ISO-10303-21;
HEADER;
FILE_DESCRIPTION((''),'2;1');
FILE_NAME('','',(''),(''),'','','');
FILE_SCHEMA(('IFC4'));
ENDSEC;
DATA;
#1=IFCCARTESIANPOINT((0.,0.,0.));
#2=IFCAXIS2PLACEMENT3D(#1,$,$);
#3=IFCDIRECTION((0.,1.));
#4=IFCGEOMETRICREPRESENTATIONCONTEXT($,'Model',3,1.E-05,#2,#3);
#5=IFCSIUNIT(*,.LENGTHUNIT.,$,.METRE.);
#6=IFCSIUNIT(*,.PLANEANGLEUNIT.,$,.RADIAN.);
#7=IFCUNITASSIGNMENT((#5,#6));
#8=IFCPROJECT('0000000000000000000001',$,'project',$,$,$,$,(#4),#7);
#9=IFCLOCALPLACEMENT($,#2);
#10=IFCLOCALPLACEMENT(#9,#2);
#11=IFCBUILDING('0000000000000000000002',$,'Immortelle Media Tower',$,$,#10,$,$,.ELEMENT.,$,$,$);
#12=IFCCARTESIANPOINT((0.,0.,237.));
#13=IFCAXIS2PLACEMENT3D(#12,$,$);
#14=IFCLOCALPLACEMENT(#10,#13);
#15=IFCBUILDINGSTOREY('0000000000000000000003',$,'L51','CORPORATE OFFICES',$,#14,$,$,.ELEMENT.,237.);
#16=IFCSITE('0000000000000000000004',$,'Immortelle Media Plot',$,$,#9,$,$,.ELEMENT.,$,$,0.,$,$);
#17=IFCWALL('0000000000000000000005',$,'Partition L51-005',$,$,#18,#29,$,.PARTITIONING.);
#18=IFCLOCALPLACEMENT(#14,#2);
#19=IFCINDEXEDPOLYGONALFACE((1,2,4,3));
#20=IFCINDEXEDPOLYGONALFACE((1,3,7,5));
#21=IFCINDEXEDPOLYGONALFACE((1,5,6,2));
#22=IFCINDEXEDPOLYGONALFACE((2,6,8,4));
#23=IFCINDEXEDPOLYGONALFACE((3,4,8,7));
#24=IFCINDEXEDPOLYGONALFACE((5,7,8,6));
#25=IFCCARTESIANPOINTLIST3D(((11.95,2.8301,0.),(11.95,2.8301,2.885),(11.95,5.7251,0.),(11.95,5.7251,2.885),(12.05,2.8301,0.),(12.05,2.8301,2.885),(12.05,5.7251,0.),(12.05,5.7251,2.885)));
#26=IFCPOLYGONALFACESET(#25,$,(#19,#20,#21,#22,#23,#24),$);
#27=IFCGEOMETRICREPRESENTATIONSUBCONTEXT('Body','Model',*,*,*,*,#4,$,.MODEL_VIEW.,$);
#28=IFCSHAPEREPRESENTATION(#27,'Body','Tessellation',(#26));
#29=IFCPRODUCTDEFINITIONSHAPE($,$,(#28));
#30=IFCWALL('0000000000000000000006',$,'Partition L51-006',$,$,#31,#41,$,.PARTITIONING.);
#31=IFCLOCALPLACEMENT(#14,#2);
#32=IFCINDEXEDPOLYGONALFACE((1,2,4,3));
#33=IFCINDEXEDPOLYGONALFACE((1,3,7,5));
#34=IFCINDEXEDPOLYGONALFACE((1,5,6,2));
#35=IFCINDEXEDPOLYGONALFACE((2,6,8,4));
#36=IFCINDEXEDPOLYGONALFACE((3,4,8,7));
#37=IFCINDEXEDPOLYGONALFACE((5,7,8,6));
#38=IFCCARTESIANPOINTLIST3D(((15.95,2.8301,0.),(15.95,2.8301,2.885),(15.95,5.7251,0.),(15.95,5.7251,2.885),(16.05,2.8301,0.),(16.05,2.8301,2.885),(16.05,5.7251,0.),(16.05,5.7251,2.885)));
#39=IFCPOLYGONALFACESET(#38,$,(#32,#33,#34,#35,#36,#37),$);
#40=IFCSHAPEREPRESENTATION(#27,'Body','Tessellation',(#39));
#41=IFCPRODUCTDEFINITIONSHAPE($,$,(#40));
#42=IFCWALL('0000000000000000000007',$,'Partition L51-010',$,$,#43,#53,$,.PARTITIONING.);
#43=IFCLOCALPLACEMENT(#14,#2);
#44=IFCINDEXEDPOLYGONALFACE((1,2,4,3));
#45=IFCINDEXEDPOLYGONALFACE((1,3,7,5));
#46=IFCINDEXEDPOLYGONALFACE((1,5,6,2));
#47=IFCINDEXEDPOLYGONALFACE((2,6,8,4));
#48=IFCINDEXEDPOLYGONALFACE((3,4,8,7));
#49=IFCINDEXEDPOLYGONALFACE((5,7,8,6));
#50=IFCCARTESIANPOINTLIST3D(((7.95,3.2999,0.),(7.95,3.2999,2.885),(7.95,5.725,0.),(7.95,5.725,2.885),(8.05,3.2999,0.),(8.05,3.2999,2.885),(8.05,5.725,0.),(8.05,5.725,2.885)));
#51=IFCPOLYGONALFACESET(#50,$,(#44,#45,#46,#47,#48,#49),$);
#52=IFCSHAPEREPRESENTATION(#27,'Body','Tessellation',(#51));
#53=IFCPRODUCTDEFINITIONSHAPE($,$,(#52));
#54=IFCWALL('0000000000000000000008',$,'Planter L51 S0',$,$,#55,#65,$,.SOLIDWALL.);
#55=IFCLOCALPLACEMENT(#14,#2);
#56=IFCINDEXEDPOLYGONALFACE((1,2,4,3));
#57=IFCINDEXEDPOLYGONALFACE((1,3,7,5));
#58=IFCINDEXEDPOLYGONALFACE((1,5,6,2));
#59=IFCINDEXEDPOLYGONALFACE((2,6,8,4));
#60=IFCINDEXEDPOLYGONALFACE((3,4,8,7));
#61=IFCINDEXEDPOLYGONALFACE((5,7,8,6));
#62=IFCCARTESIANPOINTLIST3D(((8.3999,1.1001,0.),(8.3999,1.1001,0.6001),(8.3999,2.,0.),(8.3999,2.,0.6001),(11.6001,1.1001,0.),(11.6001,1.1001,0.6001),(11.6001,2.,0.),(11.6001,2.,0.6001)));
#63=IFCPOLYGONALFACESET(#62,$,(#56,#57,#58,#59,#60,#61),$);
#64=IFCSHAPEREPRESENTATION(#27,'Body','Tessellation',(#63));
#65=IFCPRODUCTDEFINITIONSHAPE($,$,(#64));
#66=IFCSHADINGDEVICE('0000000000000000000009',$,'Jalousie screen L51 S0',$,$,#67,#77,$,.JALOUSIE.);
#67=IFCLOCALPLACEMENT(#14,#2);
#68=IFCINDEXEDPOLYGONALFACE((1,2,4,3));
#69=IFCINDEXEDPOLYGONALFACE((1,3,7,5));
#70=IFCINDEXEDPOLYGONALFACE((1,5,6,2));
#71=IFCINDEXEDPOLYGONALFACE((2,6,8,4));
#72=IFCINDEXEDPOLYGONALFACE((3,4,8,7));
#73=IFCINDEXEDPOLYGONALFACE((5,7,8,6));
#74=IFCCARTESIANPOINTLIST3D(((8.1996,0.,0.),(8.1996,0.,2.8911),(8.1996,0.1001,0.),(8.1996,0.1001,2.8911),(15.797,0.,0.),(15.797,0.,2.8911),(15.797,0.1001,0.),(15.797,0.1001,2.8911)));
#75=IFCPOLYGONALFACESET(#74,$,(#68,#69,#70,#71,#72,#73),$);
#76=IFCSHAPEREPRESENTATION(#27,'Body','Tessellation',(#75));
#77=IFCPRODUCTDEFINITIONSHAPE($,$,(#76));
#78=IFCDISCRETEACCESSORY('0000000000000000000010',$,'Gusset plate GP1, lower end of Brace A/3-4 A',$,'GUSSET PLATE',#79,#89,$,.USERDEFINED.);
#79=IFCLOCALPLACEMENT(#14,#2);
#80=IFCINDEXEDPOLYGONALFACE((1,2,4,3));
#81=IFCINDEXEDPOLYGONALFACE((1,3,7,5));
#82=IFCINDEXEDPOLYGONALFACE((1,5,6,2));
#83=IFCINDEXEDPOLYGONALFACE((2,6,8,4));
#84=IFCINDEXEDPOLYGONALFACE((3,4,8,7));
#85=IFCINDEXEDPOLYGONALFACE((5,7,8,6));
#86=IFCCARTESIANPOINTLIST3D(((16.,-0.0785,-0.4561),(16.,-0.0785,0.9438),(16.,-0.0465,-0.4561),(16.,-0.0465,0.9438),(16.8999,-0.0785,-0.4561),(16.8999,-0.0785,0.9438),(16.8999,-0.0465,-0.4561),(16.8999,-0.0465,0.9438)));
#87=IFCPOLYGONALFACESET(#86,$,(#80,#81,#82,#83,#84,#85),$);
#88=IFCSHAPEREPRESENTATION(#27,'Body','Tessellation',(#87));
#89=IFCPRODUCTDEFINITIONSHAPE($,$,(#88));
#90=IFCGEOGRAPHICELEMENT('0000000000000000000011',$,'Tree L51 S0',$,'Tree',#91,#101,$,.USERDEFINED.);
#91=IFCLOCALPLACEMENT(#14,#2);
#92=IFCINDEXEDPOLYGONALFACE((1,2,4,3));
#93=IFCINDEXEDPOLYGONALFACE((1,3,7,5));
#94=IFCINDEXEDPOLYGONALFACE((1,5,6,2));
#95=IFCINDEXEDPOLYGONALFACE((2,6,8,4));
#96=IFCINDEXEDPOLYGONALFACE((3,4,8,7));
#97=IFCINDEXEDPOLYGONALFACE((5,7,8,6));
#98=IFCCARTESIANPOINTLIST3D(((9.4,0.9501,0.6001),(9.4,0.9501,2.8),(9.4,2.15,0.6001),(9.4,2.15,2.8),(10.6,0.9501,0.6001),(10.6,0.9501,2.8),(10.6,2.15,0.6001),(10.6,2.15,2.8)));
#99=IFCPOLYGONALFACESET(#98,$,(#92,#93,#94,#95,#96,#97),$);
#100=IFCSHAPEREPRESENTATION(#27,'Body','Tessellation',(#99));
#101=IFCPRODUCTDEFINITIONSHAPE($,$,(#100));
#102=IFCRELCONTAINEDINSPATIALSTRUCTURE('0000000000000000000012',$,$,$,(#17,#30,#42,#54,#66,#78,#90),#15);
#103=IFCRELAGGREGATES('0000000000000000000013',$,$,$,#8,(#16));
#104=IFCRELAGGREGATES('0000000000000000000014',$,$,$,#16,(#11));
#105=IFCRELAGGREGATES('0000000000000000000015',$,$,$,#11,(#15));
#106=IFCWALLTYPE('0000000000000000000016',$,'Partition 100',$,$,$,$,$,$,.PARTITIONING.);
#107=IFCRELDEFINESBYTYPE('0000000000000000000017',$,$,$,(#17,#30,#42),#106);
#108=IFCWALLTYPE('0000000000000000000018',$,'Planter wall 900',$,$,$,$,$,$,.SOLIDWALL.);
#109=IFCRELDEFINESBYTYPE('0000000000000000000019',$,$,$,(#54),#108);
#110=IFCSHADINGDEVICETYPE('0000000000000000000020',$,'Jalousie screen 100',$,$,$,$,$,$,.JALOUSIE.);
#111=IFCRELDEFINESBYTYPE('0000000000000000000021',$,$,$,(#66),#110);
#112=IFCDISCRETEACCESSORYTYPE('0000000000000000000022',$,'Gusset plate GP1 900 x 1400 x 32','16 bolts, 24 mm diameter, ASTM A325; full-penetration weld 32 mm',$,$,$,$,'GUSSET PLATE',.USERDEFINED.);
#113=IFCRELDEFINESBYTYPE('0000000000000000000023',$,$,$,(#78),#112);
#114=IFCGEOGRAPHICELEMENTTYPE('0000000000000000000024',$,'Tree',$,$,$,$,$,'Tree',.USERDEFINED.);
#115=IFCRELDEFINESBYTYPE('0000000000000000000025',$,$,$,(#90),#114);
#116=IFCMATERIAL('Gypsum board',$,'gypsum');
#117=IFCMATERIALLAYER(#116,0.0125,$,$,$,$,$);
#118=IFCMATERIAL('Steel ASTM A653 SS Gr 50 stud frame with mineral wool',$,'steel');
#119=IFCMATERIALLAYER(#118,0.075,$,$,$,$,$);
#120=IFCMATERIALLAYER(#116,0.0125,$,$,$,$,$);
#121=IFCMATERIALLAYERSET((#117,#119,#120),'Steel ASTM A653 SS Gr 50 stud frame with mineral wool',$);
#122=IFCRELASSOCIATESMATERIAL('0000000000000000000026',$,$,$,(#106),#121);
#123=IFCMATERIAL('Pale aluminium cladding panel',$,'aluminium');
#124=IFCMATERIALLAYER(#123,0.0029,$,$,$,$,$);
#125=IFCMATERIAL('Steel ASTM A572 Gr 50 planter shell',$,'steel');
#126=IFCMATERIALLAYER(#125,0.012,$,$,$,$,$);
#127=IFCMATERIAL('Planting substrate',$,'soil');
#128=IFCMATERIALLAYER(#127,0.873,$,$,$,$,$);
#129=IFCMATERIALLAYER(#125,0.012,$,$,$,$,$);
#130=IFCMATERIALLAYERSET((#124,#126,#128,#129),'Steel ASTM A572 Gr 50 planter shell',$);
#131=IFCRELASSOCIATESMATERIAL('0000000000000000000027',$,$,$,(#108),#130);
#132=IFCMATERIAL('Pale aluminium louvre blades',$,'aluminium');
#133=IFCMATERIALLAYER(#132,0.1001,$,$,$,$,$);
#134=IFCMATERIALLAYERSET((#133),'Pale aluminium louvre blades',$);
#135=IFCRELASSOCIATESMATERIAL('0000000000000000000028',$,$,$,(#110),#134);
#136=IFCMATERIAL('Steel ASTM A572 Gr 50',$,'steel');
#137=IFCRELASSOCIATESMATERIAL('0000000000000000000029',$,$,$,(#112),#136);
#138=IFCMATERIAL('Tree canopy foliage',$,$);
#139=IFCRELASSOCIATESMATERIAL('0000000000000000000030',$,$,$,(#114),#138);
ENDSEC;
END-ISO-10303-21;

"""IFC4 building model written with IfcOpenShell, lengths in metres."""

from ifc_helpers import new_model, si_unit, direction, frame, frame_2d, origin, origin_2d, place, context, subcontext, project, spatial, rectangle, extrude, material, layer, layer_set, material_profile, profile_set, type_object, element, save


model = new_model("IFC4")

# Units and contexts
model_context = context("Model", 3, precision=1e-05, world=origin(), true_north=direction((0.0, 1.0)))
body_context = subcontext(model_context, "Body", "Model", "MODEL_VIEW")
ifc_project = project(units=[si_unit("LENGTHUNIT", "METRE"), si_unit("PLANEANGLEUNIT", "RADIAN")], contexts=[model_context])

# Site, building, storey
site_placement = place(None, origin())
site = spatial("IfcSite", under=ifc_project, at=site_placement, Name="Immortelle Media Plot", CompositionType="ELEMENT", RefElevation=0.0)
building_placement = place(site_placement, origin())
building = spatial("IfcBuilding", under=site, at=building_placement, Name="Immortelle Media Tower", CompositionType="ELEMENT")
storey_placement = place(building_placement, frame((0.0, 0.0, 237.0)))
storey = spatial("IfcBuildingStorey", under=building, at=storey_placement, Name="L51", Description="CORPORATE OFFICES", CompositionType="ELEMENT", Elevation=237.0)

# Shared definitions
ifc_material_1 = material(Name="Pale aluminium cladding panel", Category="aluminium")
ifc_material_2 = material(Name="Steel ASTM A653 SS Gr 50 stud frame with mineral wool", Category="steel")

# Walls
ifc_material_3 = material(Name="Gypsum board", Category="gypsum")
ifc_layer_1 = layer(ifc_material_3, 0.0125)
ifc_layer_2 = layer(ifc_material_2, 0.075)
ifc_layer_3 = layer(ifc_material_3, 0.0125)
ifc_layer_set_1 = layer_set([ifc_layer_1, ifc_layer_2, ifc_layer_3], Name="Steel ASTM A653 SS Gr 50 stud frame with mineral wool")
wall_type_1 = type_object("IfcWallType", Name="Partition 100", PredefinedType="PARTITIONING", material=ifc_layer_set_1)
for number, where, z_axis, x_axis, name in (
    (1, (12.0, 2.8301, 0.0), (0.0, 0.0, 1.0), (0.0, 1.0, 0.0), "Partition L51-005"),
    (2, (16.0, 2.8301, 0.0), (0.0, 0.0, 1.0), (0.0, 1.0, 0.0), "Partition L51-006"),
):
    element("IfcWall", number, at=place(storey_placement, frame(where, z_axis=z_axis, x_axis=x_axis)), inside=storey, type_object=wall_type_1, Name=name, PredefinedType="PARTITIONING", context=body_context, shape_type="SweptSolid", body=[
        extrude(rectangle(XDim=2.895, YDim=0.1001, at=frame_2d((1.4475, 0.0))), origin(), (0.0, 0.0, 1.0), 2.885),
    ])
wall_1_placement = place(storey_placement, frame((8.0, 3.3, 0.0), z_axis=(0.0, 0.0, 1.0), x_axis=(0.0, 1.0, 0.0)))
element("IfcWall", 3, at=wall_1_placement, inside=storey, type_object=wall_type_1, Name="Partition L51-010", PredefinedType="PARTITIONING", context=body_context, shape_type="SweptSolid", body=[
    extrude(rectangle(XDim=2.425, YDim=0.1001, at=frame_2d((1.2124, 0.0))), origin(), (0.0, 0.0, 1.0), 2.885),
])
ifc_layer_4 = layer(ifc_material_1, 0.0029)
ifc_material_4 = material(Name="Steel ASTM A572 Gr 50 planter shell", Category="steel")
ifc_layer_5 = layer(ifc_material_4, 0.012)
ifc_material_5 = material(Name="Planting substrate", Category="soil")
ifc_layer_6 = layer(ifc_material_5, 0.873)
ifc_layer_7 = layer(ifc_material_4, 0.012)
ifc_layer_set_2 = layer_set([ifc_layer_4, ifc_layer_5, ifc_layer_6, ifc_layer_7], Name="Steel ASTM A572 Gr 50 planter shell")
wall_type_2 = type_object("IfcWallType", Name="Planter wall 900", PredefinedType="SOLIDWALL", material=ifc_layer_set_2)
wall_2_placement = place(storey_placement, frame((8.3999, 1.55, 0.0), z_axis=(0.0, 0.0, 1.0), x_axis=(1.0, 0.0, 0.0)))
element("IfcWall", 4, at=wall_2_placement, inside=storey, type_object=wall_type_2, Name="Planter L51 S0", PredefinedType="SOLIDWALL", context=body_context, shape_type="SweptSolid", body=[
    extrude(rectangle(XDim=3.2002, YDim=0.8999, at=frame_2d((1.6001, 0.0))), origin(), (0.0, 0.0, 1.0), 0.6001),
])

# Shading device
ifc_material_6 = material(Name="Pale aluminium louvre blades", Category="aluminium")
ifc_layer_8 = layer(ifc_material_6, 0.1001)
ifc_layer_set_3 = layer_set([ifc_layer_8], Name="Pale aluminium louvre blades")
shading_device_type = type_object("IfcShadingDeviceType", Name="Jalousie screen 100", PredefinedType="JALOUSIE", material=ifc_layer_set_3)
shading_device_placement = place(storey_placement, frame((11.9983, 0.05, 0.0), z_axis=(0.0, 0.0, 1.0), x_axis=(1.0, 0.0, 0.0)))
element("IfcShadingDevice", 5, at=shading_device_placement, inside=storey, type_object=shading_device_type, Name="Jalousie screen L51 S0", PredefinedType="JALOUSIE", context=body_context, shape_type="SweptSolid", body=[
    extrude(rectangle(XDim=7.5974, YDim=0.1001, at=origin_2d()), origin(), (0.0, 0.0, 1.0), 2.8911),
])

# Discrete accessory
ifc_material_7 = material(Name="Steel ASTM A572 Gr 50", Category="steel")
ifc_material_profile_1 = material_profile(ifc_material_7, rectangle(XDim=0.032, YDim=1.3999, at=origin_2d()), Name="PL 32 x 1400")
ifc_profile_set_1 = profile_set([ifc_material_profile_1], Name="Steel ASTM A572 Gr 50")
discrete_accessory_type = type_object("IfcDiscreteAccessoryType", Name="Gusset plate GP1 900 x 1400 x 32", Description="16 bolts, 24 mm diameter, ASTM A325; full-penetration weld 32 mm", ElementType="GUSSET PLATE", PredefinedType="USERDEFINED", material=ifc_profile_set_1)
discrete_accessory_placement = place(storey_placement, frame((16.0, -0.0625, 0.2439), z_axis=(1.0, 0.0, 0.0), x_axis=(0.0, 1.0, 0.0)))
element("IfcDiscreteAccessory", 6, at=discrete_accessory_placement, inside=storey, type_object=discrete_accessory_type, Name="Gusset plate GP1, lower end of Brace A/3-4 A", ObjectType="GUSSET PLATE", PredefinedType="USERDEFINED", context=body_context, shape_type="SweptSolid", body=[
    extrude(rectangle(XDim=0.032, YDim=1.3999, at=origin_2d()), origin(), (0.0, 0.0, 1.0), 0.8999),
])

# Geographic element
ifc_material_8 = material(Name="Tree canopy foliage")
geographic_element_type = type_object("IfcGeographicElementType", Name="Tree", ElementType="Tree", PredefinedType="USERDEFINED", material=ifc_material_8)
geographic_element_placement = place(storey_placement, frame((10.0, 1.55, 0.6001), z_axis=(0.0, 0.0, 1.0), x_axis=(1.0, 0.0, 0.0)))
element("IfcGeographicElement", 7, at=geographic_element_placement, inside=storey, type_object=geographic_element_type, Name="Tree L51 S0", ObjectType="Tree", PredefinedType="USERDEFINED", context=body_context, shape_type="SweptSolid", body=[
    extrude(rectangle(XDim=1.2, YDim=1.2, at=origin_2d()), origin(), (0.0, 0.0, 1.0), 2.2),
])

save(model, "model.ifc")
